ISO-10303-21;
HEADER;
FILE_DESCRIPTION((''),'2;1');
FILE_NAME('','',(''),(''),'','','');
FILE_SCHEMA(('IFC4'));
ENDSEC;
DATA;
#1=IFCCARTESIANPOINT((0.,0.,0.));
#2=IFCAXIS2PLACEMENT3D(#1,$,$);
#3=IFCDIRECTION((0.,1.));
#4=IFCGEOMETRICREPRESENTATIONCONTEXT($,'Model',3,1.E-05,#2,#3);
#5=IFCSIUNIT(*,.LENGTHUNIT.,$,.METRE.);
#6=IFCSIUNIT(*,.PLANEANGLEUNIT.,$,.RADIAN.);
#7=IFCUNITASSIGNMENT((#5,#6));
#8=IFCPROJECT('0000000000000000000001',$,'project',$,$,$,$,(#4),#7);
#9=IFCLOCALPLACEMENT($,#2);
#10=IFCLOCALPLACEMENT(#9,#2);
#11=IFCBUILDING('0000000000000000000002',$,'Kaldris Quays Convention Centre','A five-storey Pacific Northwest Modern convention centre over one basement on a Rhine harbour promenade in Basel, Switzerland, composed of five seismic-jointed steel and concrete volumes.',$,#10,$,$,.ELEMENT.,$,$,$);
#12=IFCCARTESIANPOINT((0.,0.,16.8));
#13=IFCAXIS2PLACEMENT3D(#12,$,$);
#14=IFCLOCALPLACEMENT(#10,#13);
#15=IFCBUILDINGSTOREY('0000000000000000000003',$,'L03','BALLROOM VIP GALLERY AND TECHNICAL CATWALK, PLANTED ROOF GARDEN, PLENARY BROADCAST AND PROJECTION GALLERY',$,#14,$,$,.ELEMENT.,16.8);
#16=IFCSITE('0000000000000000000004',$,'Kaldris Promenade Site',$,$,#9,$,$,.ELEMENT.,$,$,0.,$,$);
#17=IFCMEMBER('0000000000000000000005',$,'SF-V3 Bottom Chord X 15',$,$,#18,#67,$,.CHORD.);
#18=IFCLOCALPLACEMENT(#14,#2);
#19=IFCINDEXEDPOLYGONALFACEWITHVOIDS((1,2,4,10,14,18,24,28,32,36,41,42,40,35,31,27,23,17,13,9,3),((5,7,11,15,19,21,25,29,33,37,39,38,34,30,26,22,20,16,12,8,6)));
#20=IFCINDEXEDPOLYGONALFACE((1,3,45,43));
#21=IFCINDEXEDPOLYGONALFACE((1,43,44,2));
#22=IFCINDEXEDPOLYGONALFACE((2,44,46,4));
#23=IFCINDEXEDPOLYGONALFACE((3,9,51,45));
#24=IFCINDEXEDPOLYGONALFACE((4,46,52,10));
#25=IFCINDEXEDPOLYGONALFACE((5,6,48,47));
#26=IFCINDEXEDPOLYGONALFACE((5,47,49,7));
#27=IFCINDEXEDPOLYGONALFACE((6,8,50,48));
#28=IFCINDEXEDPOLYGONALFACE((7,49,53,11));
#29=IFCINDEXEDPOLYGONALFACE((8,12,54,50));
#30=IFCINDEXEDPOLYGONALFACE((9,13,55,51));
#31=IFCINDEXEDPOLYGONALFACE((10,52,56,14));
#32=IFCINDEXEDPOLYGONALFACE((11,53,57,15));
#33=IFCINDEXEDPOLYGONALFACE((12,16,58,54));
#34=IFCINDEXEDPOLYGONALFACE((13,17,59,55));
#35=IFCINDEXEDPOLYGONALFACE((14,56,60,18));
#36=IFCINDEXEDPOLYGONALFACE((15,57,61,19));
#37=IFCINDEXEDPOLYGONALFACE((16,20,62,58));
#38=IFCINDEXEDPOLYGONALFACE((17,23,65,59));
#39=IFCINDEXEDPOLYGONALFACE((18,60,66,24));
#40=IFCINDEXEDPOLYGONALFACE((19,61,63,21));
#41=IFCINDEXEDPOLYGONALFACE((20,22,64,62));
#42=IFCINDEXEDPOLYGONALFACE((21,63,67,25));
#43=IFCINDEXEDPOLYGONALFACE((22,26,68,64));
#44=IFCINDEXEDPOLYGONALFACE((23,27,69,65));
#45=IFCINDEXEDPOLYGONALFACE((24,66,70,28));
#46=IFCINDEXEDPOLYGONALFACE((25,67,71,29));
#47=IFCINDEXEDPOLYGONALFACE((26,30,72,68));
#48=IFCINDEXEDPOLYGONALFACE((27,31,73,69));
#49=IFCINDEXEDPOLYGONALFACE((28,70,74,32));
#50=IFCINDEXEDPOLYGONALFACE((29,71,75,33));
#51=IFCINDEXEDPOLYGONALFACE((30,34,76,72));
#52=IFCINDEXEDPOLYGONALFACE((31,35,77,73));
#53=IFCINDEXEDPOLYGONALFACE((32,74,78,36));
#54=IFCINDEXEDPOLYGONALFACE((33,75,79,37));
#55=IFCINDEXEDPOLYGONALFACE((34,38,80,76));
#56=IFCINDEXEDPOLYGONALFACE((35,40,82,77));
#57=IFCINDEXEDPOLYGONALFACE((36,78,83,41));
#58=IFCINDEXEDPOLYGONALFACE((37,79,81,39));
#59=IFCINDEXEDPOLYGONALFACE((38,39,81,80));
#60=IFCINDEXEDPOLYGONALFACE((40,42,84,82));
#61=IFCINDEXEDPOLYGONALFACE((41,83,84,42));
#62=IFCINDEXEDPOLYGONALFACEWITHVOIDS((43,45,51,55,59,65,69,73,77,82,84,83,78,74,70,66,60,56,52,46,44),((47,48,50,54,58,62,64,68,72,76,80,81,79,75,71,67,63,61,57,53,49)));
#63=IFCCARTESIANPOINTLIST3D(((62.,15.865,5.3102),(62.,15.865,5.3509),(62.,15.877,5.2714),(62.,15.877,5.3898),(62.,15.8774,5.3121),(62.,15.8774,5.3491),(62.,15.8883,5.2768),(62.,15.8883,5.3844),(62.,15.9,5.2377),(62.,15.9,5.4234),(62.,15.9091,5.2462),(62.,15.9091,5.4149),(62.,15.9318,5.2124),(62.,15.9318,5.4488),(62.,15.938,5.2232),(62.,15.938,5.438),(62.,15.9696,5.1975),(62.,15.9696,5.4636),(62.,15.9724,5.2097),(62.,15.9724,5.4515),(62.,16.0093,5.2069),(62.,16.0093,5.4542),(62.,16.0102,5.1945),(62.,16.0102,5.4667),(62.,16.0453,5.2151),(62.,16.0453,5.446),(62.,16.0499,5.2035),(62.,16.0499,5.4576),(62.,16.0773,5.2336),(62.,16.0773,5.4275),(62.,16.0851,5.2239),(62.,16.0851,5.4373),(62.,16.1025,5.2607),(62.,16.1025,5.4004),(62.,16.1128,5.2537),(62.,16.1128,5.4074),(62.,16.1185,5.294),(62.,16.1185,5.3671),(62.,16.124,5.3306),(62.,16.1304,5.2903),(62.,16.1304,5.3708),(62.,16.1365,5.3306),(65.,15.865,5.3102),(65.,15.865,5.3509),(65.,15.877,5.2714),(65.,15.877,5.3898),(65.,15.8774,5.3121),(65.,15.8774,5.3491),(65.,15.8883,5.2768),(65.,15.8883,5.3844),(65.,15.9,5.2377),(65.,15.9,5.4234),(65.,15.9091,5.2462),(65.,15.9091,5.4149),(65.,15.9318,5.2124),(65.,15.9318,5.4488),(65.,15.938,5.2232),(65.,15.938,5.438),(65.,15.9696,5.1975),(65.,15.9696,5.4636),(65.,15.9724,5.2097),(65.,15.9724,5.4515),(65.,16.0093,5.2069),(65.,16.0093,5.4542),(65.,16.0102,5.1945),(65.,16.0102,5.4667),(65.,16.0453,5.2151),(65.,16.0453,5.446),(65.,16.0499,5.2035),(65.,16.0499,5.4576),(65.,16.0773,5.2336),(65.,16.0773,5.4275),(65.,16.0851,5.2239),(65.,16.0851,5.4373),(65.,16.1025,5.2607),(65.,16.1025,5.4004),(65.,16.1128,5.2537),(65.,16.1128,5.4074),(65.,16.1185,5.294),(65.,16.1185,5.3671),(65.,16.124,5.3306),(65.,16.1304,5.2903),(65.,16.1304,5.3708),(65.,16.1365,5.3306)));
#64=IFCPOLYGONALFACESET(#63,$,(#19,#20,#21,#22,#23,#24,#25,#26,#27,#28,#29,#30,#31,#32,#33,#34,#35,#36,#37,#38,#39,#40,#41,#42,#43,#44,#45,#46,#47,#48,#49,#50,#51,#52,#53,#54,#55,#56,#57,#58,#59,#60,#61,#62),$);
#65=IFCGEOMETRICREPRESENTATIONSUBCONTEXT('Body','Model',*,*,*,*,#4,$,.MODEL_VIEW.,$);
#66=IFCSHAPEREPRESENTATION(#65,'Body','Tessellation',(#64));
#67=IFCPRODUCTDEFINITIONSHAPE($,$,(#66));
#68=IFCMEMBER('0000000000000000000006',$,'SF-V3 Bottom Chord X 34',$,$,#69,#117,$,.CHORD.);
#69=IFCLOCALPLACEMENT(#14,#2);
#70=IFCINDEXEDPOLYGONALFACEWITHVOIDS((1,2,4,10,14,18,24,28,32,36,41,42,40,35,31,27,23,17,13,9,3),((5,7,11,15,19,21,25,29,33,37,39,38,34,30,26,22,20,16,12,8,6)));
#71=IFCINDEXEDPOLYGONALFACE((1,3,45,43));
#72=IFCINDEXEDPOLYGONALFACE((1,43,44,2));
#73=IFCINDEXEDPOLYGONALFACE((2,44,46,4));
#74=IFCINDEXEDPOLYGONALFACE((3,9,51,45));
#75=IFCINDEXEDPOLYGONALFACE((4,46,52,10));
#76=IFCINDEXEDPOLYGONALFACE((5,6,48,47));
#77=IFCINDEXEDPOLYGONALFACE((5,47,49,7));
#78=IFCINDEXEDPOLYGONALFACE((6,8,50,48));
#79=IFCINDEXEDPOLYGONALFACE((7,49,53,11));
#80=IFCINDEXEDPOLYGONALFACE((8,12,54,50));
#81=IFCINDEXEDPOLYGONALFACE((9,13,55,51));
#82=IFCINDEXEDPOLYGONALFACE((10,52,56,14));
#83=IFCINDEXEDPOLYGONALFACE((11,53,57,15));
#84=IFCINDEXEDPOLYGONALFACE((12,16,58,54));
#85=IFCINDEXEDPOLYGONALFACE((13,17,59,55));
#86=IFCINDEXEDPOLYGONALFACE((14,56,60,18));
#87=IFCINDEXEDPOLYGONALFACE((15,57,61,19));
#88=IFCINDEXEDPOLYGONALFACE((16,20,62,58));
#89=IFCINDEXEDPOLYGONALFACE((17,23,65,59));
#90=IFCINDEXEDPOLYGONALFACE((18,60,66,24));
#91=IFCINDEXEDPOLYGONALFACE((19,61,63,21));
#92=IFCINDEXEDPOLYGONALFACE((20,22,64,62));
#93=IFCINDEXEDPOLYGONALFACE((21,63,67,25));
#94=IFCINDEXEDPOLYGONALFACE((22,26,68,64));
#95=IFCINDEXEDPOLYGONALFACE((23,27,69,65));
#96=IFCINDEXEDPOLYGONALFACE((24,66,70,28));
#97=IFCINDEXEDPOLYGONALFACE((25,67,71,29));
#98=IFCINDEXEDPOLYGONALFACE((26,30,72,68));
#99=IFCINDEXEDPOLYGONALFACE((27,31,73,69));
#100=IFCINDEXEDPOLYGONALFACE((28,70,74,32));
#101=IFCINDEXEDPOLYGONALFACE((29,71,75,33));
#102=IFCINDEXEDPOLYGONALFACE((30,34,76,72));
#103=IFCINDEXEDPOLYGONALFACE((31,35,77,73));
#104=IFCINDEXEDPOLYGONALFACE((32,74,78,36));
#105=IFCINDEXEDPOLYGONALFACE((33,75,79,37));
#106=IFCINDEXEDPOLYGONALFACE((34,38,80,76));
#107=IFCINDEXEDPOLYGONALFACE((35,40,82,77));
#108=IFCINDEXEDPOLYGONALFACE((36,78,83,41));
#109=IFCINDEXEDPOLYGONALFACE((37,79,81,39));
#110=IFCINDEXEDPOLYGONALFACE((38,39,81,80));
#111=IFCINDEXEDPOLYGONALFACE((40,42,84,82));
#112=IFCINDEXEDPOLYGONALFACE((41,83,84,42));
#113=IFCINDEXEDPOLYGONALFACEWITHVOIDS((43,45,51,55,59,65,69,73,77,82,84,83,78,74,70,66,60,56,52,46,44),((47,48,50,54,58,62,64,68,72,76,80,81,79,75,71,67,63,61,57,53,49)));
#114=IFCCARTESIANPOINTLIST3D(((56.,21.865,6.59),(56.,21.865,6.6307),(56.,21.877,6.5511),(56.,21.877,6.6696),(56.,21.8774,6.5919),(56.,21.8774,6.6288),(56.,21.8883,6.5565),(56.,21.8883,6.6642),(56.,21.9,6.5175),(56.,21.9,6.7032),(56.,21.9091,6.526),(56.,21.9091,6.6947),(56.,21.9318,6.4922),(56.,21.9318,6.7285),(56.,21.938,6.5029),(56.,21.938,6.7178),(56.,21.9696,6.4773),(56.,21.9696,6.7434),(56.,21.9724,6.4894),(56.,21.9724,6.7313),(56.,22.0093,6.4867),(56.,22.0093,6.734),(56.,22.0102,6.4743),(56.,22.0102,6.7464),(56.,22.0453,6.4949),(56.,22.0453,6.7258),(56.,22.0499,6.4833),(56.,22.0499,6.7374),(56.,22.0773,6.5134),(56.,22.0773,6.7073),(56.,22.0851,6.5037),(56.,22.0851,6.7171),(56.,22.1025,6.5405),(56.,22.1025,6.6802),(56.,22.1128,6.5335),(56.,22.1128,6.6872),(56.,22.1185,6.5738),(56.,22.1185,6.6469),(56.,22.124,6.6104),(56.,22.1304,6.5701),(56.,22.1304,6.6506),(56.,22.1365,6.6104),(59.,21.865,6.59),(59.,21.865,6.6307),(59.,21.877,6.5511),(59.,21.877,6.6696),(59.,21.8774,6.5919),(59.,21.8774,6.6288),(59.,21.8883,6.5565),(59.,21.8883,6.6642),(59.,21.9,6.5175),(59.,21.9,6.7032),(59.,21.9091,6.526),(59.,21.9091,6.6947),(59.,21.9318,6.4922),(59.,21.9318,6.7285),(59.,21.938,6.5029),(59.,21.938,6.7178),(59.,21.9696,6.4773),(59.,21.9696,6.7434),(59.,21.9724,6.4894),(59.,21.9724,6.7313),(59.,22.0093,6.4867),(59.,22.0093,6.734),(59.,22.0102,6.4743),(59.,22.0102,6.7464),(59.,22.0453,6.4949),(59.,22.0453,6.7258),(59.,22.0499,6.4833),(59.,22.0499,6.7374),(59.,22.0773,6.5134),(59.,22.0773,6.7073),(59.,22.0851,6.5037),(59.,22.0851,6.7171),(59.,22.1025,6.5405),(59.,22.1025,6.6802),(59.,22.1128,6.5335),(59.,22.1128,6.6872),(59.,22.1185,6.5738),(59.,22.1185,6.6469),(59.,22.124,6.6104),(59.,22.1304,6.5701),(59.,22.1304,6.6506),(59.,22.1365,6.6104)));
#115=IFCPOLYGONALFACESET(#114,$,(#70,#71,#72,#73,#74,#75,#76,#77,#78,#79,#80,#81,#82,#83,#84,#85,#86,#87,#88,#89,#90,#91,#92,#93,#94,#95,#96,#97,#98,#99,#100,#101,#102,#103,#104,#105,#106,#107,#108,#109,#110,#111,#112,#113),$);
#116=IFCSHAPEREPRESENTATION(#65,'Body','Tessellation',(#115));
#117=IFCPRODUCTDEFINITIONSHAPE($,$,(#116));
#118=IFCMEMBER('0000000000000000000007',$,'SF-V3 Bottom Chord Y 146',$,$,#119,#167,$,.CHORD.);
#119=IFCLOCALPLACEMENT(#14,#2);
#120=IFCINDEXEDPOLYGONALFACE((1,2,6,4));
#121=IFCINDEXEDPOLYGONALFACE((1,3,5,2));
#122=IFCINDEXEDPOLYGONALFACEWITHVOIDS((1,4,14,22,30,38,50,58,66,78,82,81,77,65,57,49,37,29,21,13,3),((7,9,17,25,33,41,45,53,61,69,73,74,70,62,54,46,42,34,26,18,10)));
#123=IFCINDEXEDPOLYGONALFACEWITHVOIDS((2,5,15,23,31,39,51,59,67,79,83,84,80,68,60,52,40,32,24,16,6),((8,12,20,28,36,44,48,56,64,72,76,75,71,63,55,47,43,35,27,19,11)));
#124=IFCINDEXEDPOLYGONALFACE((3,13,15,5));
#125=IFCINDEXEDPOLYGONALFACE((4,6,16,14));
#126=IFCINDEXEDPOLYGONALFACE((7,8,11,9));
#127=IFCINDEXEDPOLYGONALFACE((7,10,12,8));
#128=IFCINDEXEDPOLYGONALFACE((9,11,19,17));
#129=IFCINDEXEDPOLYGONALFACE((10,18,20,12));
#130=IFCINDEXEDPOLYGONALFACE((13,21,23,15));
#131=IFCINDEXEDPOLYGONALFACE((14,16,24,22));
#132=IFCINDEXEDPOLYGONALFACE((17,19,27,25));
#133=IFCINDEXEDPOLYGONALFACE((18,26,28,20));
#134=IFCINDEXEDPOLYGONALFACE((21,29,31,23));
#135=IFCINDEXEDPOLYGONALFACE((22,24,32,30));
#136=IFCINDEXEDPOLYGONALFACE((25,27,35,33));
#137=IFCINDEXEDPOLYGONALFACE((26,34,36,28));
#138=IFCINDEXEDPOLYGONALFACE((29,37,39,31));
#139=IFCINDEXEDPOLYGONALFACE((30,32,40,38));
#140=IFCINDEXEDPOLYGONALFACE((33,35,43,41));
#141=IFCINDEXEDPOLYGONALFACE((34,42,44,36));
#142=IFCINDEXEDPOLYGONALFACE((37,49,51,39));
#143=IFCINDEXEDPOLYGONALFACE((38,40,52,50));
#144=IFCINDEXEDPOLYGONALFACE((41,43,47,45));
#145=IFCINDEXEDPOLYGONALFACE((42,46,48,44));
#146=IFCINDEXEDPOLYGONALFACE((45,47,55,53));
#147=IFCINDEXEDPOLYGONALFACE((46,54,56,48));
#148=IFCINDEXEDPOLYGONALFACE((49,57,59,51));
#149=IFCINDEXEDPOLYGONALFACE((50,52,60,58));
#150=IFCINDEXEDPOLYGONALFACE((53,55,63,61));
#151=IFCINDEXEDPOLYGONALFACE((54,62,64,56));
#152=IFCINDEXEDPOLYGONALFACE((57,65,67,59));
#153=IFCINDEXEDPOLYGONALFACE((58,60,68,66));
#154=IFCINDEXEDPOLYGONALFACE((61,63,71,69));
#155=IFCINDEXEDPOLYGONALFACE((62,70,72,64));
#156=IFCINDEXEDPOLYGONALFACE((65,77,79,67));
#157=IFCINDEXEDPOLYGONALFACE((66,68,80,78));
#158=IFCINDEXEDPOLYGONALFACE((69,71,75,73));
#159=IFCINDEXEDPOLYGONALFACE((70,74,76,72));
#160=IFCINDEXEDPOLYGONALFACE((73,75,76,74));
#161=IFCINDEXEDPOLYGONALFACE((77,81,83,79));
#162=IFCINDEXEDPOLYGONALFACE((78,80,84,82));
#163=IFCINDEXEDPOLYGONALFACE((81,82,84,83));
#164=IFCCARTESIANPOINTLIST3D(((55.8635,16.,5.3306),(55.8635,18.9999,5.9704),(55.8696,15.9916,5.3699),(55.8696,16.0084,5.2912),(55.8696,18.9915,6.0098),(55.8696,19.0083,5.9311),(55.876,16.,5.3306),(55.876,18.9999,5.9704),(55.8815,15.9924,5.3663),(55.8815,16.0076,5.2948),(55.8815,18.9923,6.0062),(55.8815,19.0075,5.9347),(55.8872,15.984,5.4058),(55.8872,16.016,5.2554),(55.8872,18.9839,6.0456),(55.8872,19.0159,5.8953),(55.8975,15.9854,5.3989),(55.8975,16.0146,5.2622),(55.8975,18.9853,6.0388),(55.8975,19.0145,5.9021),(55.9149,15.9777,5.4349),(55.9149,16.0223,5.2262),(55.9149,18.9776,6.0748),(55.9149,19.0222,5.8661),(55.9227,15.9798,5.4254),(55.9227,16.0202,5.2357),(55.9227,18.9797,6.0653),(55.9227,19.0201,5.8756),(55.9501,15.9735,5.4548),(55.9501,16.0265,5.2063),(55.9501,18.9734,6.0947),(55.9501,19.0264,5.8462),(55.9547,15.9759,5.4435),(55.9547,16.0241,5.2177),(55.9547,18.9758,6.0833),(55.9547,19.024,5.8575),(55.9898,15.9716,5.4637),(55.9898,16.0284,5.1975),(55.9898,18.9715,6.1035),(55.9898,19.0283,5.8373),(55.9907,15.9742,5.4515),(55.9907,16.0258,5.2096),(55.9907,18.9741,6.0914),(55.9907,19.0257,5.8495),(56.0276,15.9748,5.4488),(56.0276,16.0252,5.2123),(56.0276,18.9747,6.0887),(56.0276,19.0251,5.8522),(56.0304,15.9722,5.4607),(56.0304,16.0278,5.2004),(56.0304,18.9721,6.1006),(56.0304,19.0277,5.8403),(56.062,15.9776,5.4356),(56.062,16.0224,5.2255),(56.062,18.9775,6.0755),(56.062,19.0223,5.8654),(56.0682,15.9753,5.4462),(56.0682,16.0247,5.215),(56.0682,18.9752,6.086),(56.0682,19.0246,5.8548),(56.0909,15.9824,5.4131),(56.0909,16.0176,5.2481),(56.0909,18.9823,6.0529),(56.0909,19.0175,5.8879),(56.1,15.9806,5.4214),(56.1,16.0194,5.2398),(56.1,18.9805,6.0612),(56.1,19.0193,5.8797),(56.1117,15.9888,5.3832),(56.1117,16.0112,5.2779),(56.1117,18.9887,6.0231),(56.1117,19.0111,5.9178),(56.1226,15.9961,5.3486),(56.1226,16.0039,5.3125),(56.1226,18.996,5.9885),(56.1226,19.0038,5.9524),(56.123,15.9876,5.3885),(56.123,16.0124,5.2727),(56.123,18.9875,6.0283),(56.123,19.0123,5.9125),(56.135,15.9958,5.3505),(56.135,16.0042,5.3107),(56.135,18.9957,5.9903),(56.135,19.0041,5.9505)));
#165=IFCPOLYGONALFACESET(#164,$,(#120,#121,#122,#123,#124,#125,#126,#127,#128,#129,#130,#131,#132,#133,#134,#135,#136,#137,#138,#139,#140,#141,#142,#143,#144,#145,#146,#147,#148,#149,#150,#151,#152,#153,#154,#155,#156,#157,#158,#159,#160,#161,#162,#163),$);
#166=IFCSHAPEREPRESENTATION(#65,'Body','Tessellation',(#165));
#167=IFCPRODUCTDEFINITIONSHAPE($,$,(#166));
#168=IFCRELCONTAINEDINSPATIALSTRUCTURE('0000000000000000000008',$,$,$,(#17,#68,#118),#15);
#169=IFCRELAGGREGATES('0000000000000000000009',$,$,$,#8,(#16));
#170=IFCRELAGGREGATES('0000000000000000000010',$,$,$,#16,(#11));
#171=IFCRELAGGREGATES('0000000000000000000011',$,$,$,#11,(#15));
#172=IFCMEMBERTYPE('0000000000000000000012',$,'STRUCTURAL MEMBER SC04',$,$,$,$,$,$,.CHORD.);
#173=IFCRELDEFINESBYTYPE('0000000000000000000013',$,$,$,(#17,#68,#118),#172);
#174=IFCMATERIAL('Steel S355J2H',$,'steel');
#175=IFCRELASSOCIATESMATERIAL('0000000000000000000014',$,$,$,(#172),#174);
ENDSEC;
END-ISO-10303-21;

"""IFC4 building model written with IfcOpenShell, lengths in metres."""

from ifc_helpers import new_model, si_unit, direction, frame, origin, origin_2d, place, context, subcontext, project, spatial, hollow_circle, extrude, material, material_profile, profile_set, type_object, element, save


model = new_model("IFC4")

# Units and contexts
model_context = context("Model", 3, precision=1e-05, world=origin(), true_north=direction((0.0, 1.0)))
body_context = subcontext(model_context, "Body", "Model", "MODEL_VIEW")
ifc_project = project(units=[si_unit("LENGTHUNIT", "METRE"), si_unit("PLANEANGLEUNIT", "RADIAN")], contexts=[model_context])

# Site, building, storey
site_placement = place(None, origin())
site = spatial("IfcSite", under=ifc_project, at=site_placement, Name="Kaldris Promenade Site", CompositionType="ELEMENT", RefElevation=0.0)
building_placement = place(site_placement, origin())
building = spatial("IfcBuilding", under=site, at=building_placement, Name="Kaldris Quays Convention Centre", Description="A five-storey Pacific Northwest Modern convention centre over one basement on a Rhine harbour promenade in Basel, Switzerland, composed of five seismic-jointed steel and concrete volumes.", CompositionType="ELEMENT")
storey_placement = place(building_placement, frame((0.0, 0.0, 16.8)))
storey = spatial("IfcBuildingStorey", under=building, at=storey_placement, Name="L03", Description="BALLROOM VIP GALLERY AND TECHNICAL CATWALK, PLANTED ROOF GARDEN, PLENARY BROADCAST AND PROJECTION GALLERY", CompositionType="ELEMENT", Elevation=16.8)

# Members
ifc_material_1 = material(Name="Steel S355J2H", Category="steel")
ifc_material_profile_1 = material_profile(ifc_material_1, hollow_circle(Radius=0.1365, WallThickness=0.0125, at=origin_2d()), Name="CHS 273x12.5")
ifc_profile_set_1 = profile_set([ifc_material_profile_1], Name="Steel S355J2H")
member_type_1 = type_object("IfcMemberType", Name="STRUCTURAL MEMBER SC04", PredefinedType="CHORD", material=ifc_profile_set_1)
for number, where, z_axis, x_axis, name in (
    (1, (62.0, 16.0, 5.3306), (1.0, 0.0, 0.0), (0.0, 1.0, 0.0), "SF-V3 Bottom Chord X 15"),
    (2, (56.0, 22.0, 6.6104), (1.0, 0.0, 0.0), (0.0, 1.0, 0.0), "SF-V3 Bottom Chord X 34"),
):
    element("IfcMember", number, at=place(storey_placement, frame(where, z_axis=z_axis, x_axis=x_axis)), inside=storey, type_object=member_type_1, Name=name, PredefinedType="CHORD", context=body_context, shape_type="SweptSolid", body=[
        extrude(hollow_circle(Radius=0.1365, WallThickness=0.0125, at=origin_2d()), origin(), (0.0, 0.0, 1.0), 3.0),
    ])
for number, where, z_axis, x_axis, name in (
    (3, (56.0, 16.0, 5.3306), (0.0, 0.978, 0.208605), (-1.0, 0.0, 0.0), "SF-V3 Bottom Chord Y 146"),
):
    element("IfcMember", number, at=place(storey_placement, frame(where, z_axis=z_axis, x_axis=x_axis)), inside=storey, type_object=member_type_1, Name=name, PredefinedType="CHORD", context=body_context, shape_type="SweptSolid", body=[
        extrude(hollow_circle(Radius=0.1365, WallThickness=0.0125, at=origin_2d()), origin(), (0.0, 0.0, 1.0), 3.0674),
    ])

save(model, "model.ifc")
